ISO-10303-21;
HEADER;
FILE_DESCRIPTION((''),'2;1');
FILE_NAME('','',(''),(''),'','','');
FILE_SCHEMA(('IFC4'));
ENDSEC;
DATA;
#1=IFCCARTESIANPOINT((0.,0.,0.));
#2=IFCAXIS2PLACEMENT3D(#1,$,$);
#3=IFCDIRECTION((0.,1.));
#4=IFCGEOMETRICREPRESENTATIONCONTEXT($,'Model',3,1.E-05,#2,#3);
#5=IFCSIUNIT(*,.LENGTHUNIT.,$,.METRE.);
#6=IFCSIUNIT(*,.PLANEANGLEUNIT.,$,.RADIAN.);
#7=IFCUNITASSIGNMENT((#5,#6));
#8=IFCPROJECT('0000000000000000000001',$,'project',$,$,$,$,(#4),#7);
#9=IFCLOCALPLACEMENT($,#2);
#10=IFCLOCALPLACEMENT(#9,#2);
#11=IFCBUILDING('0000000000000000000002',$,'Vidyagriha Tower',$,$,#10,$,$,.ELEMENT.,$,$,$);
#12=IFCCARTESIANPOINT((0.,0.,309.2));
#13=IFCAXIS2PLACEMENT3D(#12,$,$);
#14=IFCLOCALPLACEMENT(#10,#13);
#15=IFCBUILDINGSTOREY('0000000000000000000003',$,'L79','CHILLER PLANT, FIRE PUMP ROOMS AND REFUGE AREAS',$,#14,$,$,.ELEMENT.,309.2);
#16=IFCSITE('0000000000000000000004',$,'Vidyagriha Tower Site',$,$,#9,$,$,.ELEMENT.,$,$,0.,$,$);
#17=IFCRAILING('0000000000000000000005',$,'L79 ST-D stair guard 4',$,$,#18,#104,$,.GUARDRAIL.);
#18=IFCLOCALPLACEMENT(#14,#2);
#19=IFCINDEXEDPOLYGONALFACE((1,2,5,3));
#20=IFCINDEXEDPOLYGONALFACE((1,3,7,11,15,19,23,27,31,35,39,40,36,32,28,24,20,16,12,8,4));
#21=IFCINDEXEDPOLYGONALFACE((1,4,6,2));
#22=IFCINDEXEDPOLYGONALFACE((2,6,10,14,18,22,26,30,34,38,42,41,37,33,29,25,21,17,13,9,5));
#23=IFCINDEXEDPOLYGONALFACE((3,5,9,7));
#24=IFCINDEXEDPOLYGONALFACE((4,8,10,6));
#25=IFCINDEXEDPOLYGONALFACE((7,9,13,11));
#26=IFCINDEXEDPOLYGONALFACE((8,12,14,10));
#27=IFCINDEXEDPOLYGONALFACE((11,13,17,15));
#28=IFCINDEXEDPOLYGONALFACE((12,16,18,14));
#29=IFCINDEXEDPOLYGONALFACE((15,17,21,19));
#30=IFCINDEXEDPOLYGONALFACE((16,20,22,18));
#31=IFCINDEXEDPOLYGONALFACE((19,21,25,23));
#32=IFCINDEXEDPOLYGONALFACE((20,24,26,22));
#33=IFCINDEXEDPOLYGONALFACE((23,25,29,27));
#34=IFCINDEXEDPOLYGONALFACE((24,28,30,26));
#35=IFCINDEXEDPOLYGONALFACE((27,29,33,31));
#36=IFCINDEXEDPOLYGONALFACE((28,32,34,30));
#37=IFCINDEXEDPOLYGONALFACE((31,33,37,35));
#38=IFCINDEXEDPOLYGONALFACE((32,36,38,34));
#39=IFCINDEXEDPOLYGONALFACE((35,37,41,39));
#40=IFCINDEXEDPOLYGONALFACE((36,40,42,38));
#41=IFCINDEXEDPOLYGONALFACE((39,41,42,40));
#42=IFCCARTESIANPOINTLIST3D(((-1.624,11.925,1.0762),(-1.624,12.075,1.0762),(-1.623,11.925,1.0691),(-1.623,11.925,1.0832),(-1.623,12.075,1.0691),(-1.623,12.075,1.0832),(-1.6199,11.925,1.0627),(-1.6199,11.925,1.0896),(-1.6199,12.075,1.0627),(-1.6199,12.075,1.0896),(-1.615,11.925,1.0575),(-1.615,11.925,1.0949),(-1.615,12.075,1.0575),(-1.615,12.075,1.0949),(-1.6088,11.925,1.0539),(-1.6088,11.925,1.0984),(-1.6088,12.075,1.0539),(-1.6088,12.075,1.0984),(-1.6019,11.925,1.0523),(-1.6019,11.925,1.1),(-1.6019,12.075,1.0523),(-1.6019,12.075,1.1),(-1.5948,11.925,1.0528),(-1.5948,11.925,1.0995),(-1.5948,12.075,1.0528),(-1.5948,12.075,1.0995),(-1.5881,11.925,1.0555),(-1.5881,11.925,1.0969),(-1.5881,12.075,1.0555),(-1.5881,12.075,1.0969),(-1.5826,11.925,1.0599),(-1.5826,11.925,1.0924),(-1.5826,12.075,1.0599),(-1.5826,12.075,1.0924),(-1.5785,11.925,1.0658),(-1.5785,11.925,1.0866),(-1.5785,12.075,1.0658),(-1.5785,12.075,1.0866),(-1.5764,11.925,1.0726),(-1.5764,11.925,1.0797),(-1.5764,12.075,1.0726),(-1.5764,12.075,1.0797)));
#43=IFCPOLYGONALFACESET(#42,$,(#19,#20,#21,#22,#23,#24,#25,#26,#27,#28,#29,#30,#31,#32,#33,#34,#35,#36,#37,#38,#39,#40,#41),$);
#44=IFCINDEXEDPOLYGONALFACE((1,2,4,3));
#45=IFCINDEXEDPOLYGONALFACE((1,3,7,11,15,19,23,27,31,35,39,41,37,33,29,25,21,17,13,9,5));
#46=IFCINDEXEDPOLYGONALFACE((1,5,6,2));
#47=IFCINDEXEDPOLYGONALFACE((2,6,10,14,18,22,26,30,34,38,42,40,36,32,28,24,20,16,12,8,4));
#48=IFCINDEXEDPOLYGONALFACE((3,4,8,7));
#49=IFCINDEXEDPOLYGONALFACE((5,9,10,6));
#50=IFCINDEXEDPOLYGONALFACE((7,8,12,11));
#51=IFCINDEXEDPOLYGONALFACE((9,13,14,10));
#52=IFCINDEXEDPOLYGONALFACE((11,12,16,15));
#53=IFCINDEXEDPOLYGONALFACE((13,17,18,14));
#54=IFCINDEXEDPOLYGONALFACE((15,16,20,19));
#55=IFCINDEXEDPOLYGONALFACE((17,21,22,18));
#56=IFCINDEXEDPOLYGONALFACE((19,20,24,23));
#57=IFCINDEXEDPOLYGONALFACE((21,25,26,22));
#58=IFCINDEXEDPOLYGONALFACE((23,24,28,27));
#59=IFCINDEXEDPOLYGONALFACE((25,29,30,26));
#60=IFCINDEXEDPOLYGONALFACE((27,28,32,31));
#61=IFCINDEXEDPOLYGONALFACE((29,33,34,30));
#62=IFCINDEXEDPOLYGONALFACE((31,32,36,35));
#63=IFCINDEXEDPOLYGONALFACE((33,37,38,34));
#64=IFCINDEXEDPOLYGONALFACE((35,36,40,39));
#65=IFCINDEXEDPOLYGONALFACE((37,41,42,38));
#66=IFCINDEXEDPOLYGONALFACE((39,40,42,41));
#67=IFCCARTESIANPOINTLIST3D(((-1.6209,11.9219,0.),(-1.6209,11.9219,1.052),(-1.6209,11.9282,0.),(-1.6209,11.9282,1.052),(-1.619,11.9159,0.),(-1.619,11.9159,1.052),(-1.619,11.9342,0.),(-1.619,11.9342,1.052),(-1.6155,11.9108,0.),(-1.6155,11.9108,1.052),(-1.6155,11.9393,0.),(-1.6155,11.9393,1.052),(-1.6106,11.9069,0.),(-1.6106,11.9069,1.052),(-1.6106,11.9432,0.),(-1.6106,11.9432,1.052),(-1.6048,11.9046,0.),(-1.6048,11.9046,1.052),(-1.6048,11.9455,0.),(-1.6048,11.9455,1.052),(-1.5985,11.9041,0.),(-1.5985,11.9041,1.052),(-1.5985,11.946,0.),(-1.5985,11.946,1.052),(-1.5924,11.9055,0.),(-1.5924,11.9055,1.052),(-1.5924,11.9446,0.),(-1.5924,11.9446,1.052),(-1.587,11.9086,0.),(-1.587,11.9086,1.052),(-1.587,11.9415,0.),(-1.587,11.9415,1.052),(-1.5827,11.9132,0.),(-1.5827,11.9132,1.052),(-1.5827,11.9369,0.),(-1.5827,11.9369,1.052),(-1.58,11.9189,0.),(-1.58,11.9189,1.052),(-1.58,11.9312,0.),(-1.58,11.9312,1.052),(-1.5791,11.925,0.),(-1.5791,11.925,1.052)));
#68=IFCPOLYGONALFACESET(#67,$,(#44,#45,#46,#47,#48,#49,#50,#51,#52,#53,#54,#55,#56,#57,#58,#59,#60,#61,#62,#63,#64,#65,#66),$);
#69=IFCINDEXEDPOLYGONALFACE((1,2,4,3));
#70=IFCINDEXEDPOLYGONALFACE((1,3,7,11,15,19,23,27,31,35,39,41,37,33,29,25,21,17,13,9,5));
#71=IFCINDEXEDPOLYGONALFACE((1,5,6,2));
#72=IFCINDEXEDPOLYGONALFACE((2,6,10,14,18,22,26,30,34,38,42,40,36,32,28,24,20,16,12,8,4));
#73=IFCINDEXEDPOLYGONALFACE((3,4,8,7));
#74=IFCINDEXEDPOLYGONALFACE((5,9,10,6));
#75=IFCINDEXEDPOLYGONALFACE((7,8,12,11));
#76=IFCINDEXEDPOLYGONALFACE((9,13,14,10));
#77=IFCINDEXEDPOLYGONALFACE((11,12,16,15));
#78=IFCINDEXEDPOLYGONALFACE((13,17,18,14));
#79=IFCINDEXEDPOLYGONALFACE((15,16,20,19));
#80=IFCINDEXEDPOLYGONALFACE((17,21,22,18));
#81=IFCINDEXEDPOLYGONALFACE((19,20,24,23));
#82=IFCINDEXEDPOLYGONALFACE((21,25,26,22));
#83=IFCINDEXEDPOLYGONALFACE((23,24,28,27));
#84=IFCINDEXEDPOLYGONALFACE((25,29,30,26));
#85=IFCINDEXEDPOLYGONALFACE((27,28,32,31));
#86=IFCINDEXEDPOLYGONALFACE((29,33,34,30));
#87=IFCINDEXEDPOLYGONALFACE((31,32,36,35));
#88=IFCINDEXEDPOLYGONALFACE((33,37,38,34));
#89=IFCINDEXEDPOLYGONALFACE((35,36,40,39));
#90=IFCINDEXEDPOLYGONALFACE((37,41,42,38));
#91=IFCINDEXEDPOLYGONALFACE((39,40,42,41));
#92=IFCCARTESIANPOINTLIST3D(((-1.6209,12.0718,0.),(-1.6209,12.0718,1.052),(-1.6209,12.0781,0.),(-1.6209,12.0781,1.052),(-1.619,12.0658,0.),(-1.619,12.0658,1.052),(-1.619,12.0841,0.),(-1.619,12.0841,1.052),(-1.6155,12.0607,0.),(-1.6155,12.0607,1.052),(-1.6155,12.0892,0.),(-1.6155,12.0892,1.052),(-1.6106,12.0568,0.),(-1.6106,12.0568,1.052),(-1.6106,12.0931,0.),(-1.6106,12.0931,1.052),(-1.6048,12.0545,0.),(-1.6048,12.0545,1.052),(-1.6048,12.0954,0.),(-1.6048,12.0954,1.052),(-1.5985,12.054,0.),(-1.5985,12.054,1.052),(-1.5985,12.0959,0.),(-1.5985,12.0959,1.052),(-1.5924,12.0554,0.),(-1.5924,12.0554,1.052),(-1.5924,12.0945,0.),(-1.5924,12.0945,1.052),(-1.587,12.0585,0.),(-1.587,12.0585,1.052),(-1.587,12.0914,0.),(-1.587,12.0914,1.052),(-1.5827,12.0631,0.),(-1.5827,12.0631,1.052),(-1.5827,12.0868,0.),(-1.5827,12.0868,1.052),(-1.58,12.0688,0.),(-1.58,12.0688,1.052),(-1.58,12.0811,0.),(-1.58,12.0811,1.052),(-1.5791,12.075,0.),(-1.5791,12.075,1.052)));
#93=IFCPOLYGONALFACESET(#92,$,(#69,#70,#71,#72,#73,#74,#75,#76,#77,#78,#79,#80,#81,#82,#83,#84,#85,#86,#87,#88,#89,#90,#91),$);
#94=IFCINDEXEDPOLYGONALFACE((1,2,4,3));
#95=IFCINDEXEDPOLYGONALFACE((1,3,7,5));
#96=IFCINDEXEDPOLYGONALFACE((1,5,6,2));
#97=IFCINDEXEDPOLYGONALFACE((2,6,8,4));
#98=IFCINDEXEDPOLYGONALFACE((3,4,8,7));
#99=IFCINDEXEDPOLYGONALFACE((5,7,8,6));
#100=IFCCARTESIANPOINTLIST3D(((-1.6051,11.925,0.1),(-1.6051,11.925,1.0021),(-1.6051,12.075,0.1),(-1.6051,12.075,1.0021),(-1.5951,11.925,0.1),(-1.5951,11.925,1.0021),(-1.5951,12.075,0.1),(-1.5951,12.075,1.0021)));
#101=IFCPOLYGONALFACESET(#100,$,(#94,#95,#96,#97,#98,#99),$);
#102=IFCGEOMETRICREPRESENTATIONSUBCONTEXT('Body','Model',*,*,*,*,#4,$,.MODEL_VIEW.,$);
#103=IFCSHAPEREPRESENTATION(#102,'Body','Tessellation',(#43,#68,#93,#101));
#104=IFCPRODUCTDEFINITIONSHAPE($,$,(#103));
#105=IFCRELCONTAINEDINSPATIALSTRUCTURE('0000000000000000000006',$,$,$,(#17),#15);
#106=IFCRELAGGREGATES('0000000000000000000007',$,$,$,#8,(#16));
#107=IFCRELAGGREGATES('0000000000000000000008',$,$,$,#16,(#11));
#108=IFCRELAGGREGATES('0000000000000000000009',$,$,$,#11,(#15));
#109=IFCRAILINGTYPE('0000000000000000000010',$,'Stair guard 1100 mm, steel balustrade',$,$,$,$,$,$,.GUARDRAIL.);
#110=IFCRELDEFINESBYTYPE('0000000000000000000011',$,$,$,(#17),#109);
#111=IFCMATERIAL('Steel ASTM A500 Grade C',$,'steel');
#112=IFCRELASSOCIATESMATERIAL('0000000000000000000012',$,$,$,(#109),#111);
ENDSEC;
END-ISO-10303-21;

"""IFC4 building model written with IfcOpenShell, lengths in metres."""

from ifc_helpers import new_model, si_unit, direction, frame, origin, origin_2d, place, context, subcontext, project, spatial, rectangle, circle, extrude, material, type_object, element, save


model = new_model("IFC4")

# Units and contexts
model_context = context("Model", 3, precision=1e-05, world=origin(), true_north=direction((0.0, 1.0)))
body_context = subcontext(model_context, "Body", "Model", "MODEL_VIEW")
ifc_project = project(units=[si_unit("LENGTHUNIT", "METRE"), si_unit("PLANEANGLEUNIT", "RADIAN")], contexts=[model_context])

# Site, building, storey
site_placement = place(None, origin())
site = spatial("IfcSite", under=ifc_project, at=site_placement, Name="Vidyagriha Tower Site", CompositionType="ELEMENT", RefElevation=0.0)
building_placement = place(site_placement, origin())
building = spatial("IfcBuilding", under=site, at=building_placement, Name="Vidyagriha Tower", CompositionType="ELEMENT")
storey_placement = place(building_placement, frame((0.0, 0.0, 309.2)))
storey = spatial("IfcBuildingStorey", under=building, at=storey_placement, Name="L79", Description="CHILLER PLANT, FIRE PUMP ROOMS AND REFUGE AREAS", CompositionType="ELEMENT", Elevation=309.2)

# Railing
ifc_material_1 = material(Name="Steel ASTM A500 Grade C", Category="steel")
railing_type = type_object("IfcRailingType", Name="Stair guard 1100 mm, steel balustrade", PredefinedType="GUARDRAIL", material=ifc_material_1)
railing_1_placement = place(storey_placement, frame((-1.6001, 11.925, 0.0)))
element("IfcRailing", 1, at=railing_1_placement, inside=storey, type_object=railing_type, Name="L79 ST-D stair guard 4", PredefinedType="GUARDRAIL", context=body_context, shape_type="SweptSolid", body=[
    extrude(circle(Radius=0.0239, at=origin_2d()), frame((0.0, 0.0, 1.0762), z_axis=(0.0, 1.0, 0.0), x_axis=(-1.0, 0.0, 0.0)), (0.0, 0.0, 1.0), 0.1499),
    extrude(circle(Radius=0.021, at=origin_2d()), origin(), (0.0, 0.0, 1.0), 1.052),
    extrude(circle(Radius=0.021, at=origin_2d()), frame((0.0, 0.1499, 0.0)), (0.0, 0.0, 1.0), 1.052),
    extrude(rectangle(XDim=0.01, YDim=0.9021, at=origin_2d()), frame((0.0, 0.0, 0.551), z_axis=(0.0, 1.0, 0.0), x_axis=(-1.0, 0.0, 0.0)), (0.0, 0.0, 1.0), 0.1499),
])

save(model, "model.ifc")
